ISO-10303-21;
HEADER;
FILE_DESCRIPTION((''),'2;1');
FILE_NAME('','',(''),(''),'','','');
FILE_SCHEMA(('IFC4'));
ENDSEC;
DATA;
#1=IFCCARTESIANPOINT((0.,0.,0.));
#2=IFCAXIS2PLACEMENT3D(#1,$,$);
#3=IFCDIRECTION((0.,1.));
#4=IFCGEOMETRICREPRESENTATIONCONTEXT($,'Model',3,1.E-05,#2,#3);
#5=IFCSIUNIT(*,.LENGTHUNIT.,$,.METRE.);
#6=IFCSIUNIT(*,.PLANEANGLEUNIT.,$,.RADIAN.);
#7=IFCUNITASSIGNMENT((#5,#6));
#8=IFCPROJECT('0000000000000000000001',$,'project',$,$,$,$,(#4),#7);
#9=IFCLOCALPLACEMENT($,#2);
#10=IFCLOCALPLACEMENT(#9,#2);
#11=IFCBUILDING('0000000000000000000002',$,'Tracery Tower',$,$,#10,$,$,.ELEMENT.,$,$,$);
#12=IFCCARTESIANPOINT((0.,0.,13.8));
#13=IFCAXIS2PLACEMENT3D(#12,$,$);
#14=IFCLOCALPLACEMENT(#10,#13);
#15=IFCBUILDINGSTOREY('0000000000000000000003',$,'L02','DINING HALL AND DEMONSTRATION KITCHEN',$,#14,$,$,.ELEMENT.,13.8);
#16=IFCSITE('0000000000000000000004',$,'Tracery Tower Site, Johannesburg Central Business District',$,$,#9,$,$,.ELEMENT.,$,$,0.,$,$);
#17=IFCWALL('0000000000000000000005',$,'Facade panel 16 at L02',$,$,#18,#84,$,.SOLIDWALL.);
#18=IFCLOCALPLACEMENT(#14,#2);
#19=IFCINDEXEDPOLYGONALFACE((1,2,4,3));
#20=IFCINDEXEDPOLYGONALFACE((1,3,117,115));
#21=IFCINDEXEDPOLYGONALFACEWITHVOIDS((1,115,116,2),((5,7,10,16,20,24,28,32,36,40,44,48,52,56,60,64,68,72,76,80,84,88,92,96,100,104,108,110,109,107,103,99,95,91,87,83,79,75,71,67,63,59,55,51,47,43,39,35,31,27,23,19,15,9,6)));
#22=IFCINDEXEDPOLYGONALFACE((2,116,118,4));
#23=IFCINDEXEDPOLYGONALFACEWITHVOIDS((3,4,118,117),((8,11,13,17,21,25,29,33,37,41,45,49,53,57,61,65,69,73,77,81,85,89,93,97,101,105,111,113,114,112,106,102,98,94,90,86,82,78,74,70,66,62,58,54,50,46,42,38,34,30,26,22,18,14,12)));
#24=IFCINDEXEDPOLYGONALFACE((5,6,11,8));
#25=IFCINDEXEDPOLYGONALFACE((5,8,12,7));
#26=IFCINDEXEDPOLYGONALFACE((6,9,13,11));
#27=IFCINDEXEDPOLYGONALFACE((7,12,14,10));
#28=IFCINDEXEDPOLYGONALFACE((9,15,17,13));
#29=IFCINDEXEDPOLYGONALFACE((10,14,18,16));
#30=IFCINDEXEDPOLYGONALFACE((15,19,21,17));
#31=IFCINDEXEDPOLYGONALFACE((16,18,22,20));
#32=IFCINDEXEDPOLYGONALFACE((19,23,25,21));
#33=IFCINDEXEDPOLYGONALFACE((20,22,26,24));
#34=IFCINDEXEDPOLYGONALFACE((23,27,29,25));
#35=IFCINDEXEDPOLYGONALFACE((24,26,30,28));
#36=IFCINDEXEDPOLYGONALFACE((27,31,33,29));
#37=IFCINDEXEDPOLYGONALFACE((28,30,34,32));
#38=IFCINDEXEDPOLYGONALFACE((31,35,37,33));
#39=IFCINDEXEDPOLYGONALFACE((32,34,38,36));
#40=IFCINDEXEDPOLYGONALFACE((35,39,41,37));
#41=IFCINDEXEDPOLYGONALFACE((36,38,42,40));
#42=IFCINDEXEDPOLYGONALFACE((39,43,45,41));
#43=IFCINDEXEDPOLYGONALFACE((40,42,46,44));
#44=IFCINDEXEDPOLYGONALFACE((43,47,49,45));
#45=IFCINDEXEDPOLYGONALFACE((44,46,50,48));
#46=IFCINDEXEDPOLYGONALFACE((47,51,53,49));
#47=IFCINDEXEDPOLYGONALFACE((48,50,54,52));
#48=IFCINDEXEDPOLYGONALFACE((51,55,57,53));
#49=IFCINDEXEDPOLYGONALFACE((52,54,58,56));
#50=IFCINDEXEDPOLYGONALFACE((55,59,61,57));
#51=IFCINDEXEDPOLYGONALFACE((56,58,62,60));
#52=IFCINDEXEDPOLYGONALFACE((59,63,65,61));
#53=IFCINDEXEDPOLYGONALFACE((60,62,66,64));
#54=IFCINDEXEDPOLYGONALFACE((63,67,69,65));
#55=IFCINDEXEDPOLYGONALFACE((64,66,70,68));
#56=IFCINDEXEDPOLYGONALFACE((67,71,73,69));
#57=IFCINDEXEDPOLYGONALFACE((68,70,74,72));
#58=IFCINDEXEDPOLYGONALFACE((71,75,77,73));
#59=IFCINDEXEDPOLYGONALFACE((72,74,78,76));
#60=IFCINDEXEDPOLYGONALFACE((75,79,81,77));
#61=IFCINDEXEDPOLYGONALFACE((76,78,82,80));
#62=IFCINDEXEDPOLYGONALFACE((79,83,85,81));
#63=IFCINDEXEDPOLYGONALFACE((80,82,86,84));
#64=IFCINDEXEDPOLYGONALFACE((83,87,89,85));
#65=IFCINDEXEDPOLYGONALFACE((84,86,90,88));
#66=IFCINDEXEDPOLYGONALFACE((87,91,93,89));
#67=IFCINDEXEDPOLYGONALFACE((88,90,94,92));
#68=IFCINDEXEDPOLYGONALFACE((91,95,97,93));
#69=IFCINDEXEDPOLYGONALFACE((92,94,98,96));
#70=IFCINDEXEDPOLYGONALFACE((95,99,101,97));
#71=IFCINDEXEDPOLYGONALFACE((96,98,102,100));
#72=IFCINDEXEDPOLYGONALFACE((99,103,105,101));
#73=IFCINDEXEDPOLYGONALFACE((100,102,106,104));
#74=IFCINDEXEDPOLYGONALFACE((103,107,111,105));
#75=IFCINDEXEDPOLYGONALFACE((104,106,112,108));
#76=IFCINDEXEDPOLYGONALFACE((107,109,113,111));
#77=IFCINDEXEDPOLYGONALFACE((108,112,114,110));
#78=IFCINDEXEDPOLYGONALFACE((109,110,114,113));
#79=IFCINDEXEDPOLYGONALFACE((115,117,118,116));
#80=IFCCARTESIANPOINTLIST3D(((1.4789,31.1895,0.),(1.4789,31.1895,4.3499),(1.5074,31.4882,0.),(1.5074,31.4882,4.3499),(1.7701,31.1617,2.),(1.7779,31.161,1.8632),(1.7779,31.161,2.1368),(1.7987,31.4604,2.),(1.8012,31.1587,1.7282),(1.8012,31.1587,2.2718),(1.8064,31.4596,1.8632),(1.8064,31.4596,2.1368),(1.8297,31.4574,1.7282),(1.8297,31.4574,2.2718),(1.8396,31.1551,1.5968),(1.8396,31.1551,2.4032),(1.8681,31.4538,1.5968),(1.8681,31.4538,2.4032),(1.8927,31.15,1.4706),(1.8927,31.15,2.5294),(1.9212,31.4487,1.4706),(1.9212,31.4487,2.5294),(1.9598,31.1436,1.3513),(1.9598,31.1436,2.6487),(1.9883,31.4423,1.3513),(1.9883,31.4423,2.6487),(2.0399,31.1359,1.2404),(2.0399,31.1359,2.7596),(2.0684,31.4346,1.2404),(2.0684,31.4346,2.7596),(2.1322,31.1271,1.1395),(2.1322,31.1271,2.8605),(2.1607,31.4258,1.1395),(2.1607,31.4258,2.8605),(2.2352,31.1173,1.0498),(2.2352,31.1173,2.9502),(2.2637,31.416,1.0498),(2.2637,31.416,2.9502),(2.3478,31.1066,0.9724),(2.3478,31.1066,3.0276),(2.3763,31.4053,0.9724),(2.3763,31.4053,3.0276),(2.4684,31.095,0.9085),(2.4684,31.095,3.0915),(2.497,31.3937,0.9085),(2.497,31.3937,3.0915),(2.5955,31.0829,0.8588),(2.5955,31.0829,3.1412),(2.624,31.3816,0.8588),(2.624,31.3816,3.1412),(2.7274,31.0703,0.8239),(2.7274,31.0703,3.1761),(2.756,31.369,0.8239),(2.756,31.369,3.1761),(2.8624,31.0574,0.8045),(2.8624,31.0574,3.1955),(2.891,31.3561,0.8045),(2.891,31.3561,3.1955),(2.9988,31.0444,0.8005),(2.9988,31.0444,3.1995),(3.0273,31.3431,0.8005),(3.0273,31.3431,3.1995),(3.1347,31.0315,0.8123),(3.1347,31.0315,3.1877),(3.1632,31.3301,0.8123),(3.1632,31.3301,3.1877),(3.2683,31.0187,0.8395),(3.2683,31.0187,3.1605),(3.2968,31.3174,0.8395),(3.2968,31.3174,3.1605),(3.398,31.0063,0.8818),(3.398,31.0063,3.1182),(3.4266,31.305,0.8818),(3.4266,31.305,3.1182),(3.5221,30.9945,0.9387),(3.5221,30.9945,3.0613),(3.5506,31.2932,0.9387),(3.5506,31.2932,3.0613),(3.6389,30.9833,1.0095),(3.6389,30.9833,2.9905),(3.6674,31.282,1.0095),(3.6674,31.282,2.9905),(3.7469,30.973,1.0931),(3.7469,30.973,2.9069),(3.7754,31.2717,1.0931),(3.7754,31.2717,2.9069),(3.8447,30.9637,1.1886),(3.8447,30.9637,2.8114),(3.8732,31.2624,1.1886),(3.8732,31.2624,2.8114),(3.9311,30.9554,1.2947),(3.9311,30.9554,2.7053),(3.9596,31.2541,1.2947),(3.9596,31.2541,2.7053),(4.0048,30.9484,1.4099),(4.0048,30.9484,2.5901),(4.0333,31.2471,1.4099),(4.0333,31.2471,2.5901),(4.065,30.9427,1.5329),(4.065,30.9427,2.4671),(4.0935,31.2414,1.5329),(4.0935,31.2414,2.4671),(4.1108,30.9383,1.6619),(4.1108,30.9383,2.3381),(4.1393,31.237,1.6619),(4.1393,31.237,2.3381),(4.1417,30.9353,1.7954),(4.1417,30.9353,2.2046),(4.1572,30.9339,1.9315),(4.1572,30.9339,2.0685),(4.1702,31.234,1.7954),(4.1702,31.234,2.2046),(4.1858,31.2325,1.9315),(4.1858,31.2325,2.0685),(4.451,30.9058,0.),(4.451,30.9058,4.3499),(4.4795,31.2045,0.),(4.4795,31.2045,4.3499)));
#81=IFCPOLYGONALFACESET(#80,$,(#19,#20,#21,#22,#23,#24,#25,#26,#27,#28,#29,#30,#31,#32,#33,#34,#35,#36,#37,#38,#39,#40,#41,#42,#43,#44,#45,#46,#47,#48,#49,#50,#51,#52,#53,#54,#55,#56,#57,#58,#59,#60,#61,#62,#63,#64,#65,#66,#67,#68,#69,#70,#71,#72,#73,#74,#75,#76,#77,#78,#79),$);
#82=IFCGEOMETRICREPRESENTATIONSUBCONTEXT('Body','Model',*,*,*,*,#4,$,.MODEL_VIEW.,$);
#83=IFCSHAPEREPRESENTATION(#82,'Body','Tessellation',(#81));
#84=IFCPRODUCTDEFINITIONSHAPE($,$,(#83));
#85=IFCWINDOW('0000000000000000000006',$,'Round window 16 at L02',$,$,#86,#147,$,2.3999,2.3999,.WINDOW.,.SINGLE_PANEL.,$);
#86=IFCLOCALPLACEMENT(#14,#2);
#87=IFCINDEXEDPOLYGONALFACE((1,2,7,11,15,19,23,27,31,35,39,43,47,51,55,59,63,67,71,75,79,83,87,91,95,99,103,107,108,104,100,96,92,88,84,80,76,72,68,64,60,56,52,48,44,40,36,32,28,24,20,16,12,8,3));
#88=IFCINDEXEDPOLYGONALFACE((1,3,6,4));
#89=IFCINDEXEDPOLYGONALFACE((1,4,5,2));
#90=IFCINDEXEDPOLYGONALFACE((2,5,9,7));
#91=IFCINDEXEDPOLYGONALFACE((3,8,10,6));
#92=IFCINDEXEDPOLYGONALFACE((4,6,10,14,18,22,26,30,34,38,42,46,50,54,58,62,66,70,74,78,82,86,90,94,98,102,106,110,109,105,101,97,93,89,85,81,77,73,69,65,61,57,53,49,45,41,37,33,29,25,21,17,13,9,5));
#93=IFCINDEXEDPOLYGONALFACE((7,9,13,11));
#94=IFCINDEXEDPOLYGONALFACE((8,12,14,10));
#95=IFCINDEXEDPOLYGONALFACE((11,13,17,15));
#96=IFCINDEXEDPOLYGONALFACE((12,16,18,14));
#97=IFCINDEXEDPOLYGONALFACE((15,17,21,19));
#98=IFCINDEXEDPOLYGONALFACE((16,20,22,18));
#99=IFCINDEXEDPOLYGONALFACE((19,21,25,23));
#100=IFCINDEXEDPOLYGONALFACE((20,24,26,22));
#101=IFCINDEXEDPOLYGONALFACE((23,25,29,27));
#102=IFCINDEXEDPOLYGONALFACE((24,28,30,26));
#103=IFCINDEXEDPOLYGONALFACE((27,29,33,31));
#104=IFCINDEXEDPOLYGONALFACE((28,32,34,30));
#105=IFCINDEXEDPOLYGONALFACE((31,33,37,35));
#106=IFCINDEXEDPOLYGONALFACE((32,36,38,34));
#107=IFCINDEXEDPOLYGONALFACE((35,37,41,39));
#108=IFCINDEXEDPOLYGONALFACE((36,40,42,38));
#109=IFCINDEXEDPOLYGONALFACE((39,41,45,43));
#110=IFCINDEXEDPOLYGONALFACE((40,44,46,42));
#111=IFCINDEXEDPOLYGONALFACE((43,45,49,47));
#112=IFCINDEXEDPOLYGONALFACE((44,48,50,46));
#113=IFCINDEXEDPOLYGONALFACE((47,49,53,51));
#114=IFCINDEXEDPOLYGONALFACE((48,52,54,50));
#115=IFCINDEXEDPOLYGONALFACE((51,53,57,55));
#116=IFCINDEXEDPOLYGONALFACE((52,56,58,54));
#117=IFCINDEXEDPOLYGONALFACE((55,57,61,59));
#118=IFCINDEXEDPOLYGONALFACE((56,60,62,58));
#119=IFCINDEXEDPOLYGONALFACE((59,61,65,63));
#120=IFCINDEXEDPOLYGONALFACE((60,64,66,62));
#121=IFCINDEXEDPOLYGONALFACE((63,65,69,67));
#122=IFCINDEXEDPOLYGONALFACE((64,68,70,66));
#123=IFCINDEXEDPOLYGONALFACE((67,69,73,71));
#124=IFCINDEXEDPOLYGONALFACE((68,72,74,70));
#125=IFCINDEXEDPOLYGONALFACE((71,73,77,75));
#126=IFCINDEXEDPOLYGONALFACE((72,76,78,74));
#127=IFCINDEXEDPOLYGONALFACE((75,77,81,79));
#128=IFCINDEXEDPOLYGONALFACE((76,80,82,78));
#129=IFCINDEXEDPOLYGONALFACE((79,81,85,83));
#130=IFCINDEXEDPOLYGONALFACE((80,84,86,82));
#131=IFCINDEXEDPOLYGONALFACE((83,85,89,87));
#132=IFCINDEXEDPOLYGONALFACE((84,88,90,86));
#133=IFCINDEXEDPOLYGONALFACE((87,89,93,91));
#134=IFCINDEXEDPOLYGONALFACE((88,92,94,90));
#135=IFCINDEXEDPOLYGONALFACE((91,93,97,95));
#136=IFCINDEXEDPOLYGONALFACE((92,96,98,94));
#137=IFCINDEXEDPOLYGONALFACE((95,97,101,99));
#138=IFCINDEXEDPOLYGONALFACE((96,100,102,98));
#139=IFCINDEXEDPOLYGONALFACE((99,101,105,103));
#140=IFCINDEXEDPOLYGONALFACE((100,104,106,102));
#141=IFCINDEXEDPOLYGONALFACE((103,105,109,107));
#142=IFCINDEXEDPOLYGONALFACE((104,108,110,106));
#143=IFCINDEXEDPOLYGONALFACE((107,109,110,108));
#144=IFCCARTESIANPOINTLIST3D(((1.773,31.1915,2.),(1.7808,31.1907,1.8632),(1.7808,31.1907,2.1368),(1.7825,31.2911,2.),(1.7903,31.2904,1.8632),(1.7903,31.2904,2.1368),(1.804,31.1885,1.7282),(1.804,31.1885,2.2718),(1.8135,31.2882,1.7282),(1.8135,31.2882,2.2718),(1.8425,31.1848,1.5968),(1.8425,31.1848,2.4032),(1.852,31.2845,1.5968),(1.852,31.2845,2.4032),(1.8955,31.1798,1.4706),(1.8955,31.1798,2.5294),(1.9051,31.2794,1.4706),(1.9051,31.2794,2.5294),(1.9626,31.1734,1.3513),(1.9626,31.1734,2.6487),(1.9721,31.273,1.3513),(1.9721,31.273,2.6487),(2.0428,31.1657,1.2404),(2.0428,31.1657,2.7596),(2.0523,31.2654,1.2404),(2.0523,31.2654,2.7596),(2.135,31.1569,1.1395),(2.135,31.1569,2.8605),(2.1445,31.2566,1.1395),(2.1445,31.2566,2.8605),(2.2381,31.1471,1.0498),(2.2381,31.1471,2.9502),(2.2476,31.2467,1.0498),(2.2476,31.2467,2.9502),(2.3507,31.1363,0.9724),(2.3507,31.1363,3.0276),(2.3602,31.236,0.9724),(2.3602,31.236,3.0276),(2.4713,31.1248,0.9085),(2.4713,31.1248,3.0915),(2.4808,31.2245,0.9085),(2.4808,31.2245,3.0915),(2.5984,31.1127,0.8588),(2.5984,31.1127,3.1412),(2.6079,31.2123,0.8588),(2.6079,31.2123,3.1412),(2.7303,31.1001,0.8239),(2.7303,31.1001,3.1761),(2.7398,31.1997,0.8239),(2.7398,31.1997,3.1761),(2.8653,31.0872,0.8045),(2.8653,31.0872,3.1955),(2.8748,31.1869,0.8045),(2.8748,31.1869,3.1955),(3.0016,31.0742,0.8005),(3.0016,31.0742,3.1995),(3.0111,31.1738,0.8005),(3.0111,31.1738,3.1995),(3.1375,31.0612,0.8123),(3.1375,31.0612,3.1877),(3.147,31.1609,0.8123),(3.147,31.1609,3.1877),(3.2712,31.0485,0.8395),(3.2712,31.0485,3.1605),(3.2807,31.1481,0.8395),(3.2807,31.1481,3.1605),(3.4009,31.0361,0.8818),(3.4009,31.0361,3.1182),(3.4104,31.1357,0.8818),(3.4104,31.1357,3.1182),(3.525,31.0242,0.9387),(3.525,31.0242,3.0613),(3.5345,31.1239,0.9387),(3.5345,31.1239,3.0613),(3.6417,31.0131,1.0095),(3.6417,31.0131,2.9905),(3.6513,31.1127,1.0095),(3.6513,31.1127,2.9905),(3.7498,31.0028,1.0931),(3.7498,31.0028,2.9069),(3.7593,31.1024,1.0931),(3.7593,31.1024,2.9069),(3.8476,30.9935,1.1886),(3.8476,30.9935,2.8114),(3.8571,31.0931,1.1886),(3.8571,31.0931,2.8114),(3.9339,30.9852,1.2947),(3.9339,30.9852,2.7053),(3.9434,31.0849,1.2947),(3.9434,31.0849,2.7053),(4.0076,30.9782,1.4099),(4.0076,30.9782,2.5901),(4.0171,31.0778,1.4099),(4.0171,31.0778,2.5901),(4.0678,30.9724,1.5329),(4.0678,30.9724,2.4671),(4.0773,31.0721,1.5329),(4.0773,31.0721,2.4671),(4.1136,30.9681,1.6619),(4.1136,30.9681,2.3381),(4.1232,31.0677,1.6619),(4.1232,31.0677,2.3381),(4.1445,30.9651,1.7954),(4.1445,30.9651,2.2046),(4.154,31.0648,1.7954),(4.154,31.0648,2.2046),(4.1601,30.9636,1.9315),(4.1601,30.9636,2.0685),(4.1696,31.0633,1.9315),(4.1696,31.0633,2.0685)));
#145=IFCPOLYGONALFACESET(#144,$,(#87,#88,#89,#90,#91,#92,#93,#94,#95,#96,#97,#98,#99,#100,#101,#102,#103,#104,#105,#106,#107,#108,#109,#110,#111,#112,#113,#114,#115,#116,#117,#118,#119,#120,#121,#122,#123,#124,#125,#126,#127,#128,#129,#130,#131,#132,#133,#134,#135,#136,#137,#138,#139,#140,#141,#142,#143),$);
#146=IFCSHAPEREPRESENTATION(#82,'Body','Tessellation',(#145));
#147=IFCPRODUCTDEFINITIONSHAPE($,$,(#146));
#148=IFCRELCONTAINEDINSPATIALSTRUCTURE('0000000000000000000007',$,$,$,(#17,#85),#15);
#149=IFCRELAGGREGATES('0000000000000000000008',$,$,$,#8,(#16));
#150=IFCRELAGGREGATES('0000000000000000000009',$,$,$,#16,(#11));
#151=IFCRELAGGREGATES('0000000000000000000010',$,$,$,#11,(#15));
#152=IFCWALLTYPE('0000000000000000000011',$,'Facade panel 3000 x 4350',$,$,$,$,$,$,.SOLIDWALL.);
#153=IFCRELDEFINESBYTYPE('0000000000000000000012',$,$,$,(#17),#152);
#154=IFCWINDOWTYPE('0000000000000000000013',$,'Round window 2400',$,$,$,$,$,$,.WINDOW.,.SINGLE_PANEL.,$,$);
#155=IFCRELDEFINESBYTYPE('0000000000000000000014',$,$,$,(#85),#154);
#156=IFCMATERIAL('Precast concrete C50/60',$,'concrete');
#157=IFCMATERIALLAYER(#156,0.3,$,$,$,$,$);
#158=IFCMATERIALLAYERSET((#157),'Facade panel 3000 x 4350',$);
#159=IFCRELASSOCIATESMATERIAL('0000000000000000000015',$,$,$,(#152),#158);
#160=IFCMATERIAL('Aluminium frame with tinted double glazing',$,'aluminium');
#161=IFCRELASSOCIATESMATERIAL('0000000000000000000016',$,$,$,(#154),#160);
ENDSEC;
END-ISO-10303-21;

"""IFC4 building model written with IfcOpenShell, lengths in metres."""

from ifc_helpers import new_model, si_unit, direction, frame, frame_2d, origin, origin_2d, place, context, subcontext, project, spatial, rectangle, circle, extrude, material, layer, layer_set, type_object, element, fill, save


model = new_model("IFC4")

# Units and contexts
model_context = context("Model", 3, precision=1e-05, world=origin(), true_north=direction((0.0, 1.0)))
body_context = subcontext(model_context, "Body", "Model", "MODEL_VIEW")
ifc_project = project(units=[si_unit("LENGTHUNIT", "METRE"), si_unit("PLANEANGLEUNIT", "RADIAN")], contexts=[model_context])

# Site, building, storey
site_placement = place(None, origin())
site = spatial("IfcSite", under=ifc_project, at=site_placement, Name="Tracery Tower Site, Johannesburg Central Business District", CompositionType="ELEMENT", RefElevation=0.0)
building_placement = place(site_placement, origin())
building = spatial("IfcBuilding", under=site, at=building_placement, Name="Tracery Tower", CompositionType="ELEMENT")
storey_placement = place(building_placement, frame((0.0, 0.0, 13.8)))
storey = spatial("IfcBuildingStorey", under=building, at=storey_placement, Name="L02", Description="DINING HALL AND DEMONSTRATION KITCHEN", CompositionType="ELEMENT", Elevation=13.8)

# Wall, opening, window
ifc_material_1 = material(Name="Precast concrete C50/60", Category="concrete")
ifc_layer_1 = layer(ifc_material_1, 0.3)
ifc_layer_set_1 = layer_set([ifc_layer_1], Name="Facade panel 3000 x 4350")
wall_type_1 = type_object("IfcWallType", Name="Facade panel 3000 x 4350", PredefinedType="SOLIDWALL", material=ifc_layer_set_1)
ifc_material_2 = material(Name="Aluminium frame with tinted double glazing", Category="aluminium")
window_type = type_object("IfcWindowType", Name="Round window 2400", PartitioningType="SINGLE_PANEL", PredefinedType="WINDOW", material=ifc_material_2)
wall_1_placement = place(storey_placement, frame((4.4651, 31.0552, 0.0), z_axis=(0.0, 0.0, 1.0), x_axis=(-0.995476, 0.095017, 0.0)))
wall_1 = element("IfcWall", 1, at=wall_1_placement, inside=storey, type_object=wall_type_1, Name="Facade panel 16 at L02", PredefinedType="SOLIDWALL", context=body_context, shape_type="SweptSolid", body=[
    extrude(rectangle(XDim=2.9856, YDim=0.3, at=frame_2d((1.4927, 0.0))), origin(), (0.0, 0.0, 1.0), 4.3499),
])
opening_1_placement = place(wall_1_placement, frame((1.4929, 0.0, 2.0)))
opening_1 = element("IfcOpeningElement", 2, at=opening_1_placement, cuts=wall_1, PredefinedType="OPENING", context=body_context, shape_type="SweptSolid", body=[
    extrude(circle(Radius=1.2, at=origin_2d()), frame((0.0, 0.1599, 0.0), z_axis=(0.0, -1.0, 0.0), x_axis=(1.0, 0.0, 0.0)), (0.0, 0.0, 1.0), 0.3201),
])
window_1_placement = place(opening_1_placement, origin())
window_1 = element("IfcWindow", 3, at=window_1_placement, inside=storey, type_object=window_type, Name="Round window 16 at L02", OverallHeight=2.3999, OverallWidth=2.3999, PartitioningType="SINGLE_PANEL", PredefinedType="WINDOW", context=body_context, shape_type="SweptSolid", body=[
    extrude(circle(Radius=1.2, at=origin_2d()), frame((0.0, 0.1201, 0.0), z_axis=(0.0, -1.0, 0.0), x_axis=(1.0, 0.0, 0.0)), (0.0, 0.0, 1.0), 0.1001),
])
fill(opening_1, window_1)

save(model, "model.ifc")
